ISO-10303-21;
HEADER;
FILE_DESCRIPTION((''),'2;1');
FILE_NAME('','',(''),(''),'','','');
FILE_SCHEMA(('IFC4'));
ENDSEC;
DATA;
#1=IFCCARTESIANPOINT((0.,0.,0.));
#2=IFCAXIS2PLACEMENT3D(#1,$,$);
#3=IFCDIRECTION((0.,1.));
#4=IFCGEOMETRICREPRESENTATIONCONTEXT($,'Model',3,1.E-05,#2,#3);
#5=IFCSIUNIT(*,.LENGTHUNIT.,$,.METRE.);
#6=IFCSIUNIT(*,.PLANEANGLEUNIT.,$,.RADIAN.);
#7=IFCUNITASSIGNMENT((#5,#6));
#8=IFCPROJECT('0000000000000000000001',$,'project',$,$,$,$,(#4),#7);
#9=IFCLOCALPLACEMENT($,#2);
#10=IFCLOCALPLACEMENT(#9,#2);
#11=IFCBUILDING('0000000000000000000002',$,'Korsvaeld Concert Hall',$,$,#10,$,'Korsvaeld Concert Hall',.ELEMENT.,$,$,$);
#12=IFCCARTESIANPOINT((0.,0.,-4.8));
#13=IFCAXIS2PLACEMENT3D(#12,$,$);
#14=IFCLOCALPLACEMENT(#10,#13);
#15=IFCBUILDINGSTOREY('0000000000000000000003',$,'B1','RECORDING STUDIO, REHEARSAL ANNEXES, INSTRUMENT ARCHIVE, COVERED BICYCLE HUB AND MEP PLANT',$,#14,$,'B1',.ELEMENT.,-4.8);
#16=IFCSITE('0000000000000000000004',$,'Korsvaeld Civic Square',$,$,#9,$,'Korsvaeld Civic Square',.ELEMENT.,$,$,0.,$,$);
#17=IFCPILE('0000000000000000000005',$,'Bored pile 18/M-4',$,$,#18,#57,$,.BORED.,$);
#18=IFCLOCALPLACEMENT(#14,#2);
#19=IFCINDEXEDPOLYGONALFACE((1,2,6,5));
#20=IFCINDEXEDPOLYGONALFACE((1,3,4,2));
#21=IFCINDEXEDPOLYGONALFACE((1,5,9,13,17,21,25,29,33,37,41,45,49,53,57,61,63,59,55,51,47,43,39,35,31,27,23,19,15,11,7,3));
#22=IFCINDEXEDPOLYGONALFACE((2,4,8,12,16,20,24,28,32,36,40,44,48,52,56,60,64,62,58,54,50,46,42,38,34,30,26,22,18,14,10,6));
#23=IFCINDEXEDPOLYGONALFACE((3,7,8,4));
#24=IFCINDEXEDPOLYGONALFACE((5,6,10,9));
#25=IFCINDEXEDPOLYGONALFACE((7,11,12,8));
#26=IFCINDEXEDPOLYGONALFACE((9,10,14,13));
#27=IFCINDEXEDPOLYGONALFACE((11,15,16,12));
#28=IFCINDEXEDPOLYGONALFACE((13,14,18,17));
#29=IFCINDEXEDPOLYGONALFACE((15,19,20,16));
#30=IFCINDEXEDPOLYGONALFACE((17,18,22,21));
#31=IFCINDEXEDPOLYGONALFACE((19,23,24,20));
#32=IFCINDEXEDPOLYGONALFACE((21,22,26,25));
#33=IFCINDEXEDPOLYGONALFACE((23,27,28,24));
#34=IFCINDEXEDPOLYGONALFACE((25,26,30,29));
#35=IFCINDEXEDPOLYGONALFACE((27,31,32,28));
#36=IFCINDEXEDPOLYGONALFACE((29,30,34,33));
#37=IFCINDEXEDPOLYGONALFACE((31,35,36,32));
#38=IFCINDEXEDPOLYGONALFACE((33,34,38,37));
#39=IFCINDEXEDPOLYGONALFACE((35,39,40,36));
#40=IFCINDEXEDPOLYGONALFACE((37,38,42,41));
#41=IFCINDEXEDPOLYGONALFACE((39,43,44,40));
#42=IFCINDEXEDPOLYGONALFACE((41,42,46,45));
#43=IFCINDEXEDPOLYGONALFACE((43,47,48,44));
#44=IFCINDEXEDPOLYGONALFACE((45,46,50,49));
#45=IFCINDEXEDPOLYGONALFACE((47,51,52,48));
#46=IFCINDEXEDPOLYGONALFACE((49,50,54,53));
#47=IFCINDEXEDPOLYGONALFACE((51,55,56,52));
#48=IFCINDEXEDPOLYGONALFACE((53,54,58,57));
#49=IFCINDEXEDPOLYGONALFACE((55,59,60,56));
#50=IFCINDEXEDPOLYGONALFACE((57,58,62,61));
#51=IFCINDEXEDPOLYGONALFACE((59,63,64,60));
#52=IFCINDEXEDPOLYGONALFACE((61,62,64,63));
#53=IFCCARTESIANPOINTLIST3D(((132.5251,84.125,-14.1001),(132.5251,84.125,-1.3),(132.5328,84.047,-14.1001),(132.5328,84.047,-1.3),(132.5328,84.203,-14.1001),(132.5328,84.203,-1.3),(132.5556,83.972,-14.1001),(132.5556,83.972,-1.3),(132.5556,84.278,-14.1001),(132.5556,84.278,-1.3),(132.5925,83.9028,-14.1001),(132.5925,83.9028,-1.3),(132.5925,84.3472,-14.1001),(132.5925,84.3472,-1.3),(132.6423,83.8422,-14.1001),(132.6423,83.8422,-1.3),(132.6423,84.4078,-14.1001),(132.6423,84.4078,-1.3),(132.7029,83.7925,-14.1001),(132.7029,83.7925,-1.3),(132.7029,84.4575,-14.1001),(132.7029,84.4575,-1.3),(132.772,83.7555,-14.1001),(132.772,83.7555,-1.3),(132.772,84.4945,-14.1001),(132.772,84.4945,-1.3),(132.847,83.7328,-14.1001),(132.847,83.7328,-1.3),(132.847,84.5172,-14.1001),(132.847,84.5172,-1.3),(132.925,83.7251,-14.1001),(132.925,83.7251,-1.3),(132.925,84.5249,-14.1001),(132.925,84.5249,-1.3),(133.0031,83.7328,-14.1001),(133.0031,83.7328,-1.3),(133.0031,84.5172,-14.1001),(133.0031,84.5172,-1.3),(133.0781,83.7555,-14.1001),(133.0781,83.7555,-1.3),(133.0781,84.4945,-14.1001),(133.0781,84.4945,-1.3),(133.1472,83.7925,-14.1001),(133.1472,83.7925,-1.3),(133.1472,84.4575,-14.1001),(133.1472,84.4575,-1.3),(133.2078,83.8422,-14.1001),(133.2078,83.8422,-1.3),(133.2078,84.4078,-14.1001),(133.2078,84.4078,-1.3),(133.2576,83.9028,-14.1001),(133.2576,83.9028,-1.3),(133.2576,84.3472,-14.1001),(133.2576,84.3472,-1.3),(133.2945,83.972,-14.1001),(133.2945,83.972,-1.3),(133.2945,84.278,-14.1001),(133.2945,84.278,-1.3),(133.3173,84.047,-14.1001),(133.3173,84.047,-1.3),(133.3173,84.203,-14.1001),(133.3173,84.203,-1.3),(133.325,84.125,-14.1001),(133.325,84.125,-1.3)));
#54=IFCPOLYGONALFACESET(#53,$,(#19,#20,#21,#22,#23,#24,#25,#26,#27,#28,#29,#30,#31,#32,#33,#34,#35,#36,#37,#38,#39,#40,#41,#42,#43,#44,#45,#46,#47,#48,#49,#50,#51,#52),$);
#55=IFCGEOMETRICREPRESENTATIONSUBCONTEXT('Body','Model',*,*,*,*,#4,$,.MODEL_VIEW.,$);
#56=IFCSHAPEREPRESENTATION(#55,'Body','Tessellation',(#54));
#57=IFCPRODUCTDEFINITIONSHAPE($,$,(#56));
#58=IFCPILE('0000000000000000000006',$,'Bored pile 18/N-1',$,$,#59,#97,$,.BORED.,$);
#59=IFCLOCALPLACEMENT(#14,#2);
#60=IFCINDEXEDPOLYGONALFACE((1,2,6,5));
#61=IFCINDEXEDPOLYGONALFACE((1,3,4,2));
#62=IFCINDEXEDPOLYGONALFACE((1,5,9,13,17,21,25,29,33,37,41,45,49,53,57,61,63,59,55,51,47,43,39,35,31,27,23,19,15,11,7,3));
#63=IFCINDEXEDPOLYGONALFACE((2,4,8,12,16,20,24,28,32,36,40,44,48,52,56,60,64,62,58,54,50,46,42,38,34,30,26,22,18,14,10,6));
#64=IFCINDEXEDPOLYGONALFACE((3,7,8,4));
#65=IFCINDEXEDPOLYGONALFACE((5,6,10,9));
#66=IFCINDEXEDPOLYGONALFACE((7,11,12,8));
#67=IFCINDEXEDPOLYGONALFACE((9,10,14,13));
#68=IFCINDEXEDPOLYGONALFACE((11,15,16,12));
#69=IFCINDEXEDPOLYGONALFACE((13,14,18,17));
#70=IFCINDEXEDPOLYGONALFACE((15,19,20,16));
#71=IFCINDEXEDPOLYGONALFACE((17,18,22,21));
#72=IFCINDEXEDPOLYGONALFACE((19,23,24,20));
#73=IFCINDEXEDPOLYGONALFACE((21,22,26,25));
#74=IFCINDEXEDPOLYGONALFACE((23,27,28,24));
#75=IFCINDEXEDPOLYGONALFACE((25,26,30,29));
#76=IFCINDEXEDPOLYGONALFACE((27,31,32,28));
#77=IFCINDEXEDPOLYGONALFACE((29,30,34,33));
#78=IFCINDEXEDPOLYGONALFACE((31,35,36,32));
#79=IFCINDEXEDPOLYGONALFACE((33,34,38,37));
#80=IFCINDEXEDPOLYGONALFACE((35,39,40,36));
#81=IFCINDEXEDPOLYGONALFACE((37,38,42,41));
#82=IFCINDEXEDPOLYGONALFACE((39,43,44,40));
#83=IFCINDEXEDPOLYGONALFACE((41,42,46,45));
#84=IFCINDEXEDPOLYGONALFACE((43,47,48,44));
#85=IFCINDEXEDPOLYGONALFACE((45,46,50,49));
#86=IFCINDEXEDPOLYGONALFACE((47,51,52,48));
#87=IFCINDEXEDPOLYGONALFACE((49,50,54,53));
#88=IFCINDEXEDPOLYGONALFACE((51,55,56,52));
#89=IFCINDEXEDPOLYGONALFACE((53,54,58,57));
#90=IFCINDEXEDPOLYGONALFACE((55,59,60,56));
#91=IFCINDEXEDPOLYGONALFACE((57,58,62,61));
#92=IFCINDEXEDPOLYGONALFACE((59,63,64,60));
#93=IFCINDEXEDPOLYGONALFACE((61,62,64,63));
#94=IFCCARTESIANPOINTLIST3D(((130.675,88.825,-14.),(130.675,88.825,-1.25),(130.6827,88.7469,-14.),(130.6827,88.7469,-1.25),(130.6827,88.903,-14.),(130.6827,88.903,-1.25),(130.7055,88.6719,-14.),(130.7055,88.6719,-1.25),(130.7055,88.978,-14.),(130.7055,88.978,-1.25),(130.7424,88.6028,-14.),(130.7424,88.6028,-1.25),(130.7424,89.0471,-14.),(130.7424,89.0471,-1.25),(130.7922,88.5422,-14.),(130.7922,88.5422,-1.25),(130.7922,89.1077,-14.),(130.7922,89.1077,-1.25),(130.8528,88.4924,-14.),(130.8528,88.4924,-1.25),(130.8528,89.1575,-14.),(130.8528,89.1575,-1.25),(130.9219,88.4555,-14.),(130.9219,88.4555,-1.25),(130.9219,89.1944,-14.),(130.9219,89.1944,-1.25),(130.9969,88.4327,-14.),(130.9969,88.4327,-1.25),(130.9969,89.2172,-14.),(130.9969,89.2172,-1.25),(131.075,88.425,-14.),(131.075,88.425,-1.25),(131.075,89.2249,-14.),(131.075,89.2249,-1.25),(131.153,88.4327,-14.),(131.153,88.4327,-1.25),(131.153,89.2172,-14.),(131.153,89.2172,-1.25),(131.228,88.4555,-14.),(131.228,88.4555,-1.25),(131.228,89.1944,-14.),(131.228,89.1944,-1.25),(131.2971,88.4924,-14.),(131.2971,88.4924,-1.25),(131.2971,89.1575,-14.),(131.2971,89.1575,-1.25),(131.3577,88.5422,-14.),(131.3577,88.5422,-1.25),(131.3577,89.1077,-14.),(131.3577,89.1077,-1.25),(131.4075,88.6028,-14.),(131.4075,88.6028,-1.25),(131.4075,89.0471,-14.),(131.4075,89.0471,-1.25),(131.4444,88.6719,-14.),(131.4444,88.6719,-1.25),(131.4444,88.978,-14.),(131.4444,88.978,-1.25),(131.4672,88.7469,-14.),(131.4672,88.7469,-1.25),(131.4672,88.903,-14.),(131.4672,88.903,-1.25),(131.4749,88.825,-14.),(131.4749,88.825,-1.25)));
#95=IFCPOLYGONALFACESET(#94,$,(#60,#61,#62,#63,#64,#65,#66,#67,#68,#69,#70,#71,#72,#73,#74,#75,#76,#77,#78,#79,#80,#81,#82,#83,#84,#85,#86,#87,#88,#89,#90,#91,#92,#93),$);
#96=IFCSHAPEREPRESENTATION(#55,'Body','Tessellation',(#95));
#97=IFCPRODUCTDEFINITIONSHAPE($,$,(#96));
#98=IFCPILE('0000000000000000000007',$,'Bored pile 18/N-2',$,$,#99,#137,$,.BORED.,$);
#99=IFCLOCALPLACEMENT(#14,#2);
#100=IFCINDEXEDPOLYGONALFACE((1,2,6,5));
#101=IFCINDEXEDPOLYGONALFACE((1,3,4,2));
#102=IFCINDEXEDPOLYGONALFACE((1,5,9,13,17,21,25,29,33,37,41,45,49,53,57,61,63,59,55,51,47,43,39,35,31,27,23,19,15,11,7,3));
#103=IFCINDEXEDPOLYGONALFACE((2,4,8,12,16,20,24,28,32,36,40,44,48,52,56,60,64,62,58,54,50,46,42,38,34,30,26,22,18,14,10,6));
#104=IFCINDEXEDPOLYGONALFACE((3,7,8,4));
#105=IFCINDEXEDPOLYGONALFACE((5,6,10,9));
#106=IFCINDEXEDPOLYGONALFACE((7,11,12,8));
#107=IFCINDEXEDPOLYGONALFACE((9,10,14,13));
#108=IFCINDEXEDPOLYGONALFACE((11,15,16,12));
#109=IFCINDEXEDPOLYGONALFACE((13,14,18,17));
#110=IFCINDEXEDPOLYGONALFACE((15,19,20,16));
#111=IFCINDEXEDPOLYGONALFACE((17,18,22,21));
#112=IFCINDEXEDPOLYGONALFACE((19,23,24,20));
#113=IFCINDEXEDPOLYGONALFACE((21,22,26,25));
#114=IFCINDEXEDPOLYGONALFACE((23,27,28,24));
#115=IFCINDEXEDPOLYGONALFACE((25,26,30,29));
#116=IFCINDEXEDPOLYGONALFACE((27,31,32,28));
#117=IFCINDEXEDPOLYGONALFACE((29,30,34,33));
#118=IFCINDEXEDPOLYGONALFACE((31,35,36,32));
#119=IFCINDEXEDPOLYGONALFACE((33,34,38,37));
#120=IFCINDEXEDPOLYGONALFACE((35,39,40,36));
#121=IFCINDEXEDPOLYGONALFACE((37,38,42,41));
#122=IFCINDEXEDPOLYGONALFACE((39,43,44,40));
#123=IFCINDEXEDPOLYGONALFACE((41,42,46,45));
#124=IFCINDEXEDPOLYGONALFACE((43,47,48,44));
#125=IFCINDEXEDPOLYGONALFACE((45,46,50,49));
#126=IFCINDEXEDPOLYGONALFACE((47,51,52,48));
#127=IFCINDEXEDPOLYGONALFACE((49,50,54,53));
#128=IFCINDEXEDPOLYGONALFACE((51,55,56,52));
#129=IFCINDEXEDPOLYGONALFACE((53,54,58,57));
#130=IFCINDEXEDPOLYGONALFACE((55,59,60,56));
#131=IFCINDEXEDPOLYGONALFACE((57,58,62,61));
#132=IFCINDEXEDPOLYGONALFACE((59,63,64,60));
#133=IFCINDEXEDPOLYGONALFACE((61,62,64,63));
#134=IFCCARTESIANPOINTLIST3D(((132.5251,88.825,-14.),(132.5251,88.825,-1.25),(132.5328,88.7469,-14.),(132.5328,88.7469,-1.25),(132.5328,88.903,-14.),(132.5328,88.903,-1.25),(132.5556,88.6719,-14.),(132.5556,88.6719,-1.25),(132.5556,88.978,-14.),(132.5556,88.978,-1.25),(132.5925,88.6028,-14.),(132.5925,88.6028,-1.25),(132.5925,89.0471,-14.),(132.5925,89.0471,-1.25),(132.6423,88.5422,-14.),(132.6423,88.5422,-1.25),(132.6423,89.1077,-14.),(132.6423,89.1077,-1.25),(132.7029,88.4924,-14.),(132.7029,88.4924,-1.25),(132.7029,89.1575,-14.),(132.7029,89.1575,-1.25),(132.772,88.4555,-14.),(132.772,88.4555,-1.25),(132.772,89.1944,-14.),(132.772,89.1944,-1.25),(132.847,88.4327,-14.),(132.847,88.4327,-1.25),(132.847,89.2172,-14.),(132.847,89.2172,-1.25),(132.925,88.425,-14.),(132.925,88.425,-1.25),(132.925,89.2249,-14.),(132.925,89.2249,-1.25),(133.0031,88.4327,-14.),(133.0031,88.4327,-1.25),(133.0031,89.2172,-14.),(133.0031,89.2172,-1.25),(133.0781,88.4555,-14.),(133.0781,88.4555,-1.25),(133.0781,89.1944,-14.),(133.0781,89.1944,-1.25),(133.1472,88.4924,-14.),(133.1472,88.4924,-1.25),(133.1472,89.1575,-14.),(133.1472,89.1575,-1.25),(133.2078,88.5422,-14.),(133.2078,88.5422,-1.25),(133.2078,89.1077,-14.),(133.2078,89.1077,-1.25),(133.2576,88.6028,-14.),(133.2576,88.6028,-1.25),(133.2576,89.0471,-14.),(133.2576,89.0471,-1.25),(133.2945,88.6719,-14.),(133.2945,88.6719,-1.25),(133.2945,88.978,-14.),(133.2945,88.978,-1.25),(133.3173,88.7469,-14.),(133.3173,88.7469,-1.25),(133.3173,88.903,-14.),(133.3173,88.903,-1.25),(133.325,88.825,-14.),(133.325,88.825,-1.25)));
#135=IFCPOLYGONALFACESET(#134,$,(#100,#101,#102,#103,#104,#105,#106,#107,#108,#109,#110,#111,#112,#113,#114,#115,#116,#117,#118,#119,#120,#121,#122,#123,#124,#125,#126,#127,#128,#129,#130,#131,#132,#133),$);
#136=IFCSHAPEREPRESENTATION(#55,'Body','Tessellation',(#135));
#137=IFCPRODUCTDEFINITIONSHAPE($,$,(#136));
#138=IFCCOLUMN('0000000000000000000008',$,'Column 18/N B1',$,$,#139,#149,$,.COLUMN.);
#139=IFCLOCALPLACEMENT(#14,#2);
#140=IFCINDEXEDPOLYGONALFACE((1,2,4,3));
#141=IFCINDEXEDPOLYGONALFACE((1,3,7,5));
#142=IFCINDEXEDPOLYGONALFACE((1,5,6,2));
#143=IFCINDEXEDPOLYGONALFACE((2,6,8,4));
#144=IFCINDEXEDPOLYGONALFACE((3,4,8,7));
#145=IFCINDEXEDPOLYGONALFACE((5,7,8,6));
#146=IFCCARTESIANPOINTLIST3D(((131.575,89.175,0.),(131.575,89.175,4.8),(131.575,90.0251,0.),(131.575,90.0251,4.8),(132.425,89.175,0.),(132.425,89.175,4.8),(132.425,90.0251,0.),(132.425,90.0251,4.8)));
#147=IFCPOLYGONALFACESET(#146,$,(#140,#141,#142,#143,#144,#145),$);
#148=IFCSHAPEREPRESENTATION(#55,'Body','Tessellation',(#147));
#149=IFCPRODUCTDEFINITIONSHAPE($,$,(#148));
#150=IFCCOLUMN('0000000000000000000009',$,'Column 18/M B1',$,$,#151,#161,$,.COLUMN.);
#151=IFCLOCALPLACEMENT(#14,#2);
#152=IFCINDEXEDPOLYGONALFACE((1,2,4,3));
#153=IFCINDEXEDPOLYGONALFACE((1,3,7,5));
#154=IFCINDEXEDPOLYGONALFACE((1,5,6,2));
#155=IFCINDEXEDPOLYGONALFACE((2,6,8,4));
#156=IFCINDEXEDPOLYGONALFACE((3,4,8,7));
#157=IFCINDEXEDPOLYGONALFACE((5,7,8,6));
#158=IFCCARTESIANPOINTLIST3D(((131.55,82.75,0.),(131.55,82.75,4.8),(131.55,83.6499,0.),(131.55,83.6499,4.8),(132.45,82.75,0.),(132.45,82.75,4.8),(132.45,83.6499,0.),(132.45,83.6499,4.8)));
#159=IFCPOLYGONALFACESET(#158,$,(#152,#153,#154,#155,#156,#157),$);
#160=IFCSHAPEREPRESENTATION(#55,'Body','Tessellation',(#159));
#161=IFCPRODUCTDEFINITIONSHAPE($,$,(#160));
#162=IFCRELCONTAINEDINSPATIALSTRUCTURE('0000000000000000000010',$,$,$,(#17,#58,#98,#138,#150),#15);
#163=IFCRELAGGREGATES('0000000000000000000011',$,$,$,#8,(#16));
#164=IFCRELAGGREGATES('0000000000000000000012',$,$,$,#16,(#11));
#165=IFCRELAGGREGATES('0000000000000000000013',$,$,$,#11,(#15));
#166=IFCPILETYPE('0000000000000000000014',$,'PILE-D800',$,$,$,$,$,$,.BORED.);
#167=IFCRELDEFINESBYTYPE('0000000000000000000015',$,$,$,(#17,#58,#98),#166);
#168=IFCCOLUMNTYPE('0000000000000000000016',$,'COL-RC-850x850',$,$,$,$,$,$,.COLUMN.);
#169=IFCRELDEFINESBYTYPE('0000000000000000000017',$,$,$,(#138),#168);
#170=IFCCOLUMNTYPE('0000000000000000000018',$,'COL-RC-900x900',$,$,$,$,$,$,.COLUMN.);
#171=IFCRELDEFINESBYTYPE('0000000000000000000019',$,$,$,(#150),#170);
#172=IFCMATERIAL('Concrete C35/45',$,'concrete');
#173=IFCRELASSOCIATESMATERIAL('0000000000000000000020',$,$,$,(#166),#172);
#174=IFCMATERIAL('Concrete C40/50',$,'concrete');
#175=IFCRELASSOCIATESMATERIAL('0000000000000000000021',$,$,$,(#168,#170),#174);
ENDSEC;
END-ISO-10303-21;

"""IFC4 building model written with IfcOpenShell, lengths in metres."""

from ifc_helpers import new_model, si_unit, direction, frame, origin, origin_2d, place, context, subcontext, project, spatial, rectangle, circle, extrude, material, material_profile, profile_set, type_object, element, save


model = new_model("IFC4")

# Units and contexts
model_context = context("Model", 3, precision=1e-05, world=origin(), true_north=direction((0.0, 1.0)))
body_context = subcontext(model_context, "Body", "Model", "MODEL_VIEW")
ifc_project = project(units=[si_unit("LENGTHUNIT", "METRE"), si_unit("PLANEANGLEUNIT", "RADIAN")], contexts=[model_context])

# Site, building, storey
site_placement = place(None, origin())
site = spatial("IfcSite", under=ifc_project, at=site_placement, Name="Korsvaeld Civic Square", LongName="Korsvaeld Civic Square", CompositionType="ELEMENT", RefElevation=0.0)
building_placement = place(site_placement, origin())
building = spatial("IfcBuilding", under=site, at=building_placement, Name="Korsvaeld Concert Hall", LongName="Korsvaeld Concert Hall", CompositionType="ELEMENT")
storey_placement = place(building_placement, frame((0.0, 0.0, -4.8)))
storey = spatial("IfcBuildingStorey", under=building, at=storey_placement, Name="B1", Description="RECORDING STUDIO, REHEARSAL ANNEXES, INSTRUMENT ARCHIVE, COVERED BICYCLE HUB AND MEP PLANT", LongName="B1", CompositionType="ELEMENT", Elevation=-4.8)

# Shared definitions
ifc_material_1 = material(Name="Concrete C35/45", Category="concrete")

# Piles
ifc_material_profile_1 = material_profile(ifc_material_1, circle(Radius=0.3999, at=origin_2d()), Name="BORED PILE D800")
ifc_profile_set_1 = profile_set([ifc_material_profile_1], Name="Concrete C35/45")
pile_type = type_object("IfcPileType", Name="PILE-D800", PredefinedType="BORED", material=ifc_profile_set_1)
for number, where, z_axis, x_axis, name in (
    (1, (132.925, 84.125, -1.3), (0.0, 0.0, -1.0), (1.0, 0.0, 0.0), "Bored pile 18/M-4"),
):
    element("IfcPile", number, at=place(storey_placement, frame(where, z_axis=z_axis, x_axis=x_axis)), inside=storey, type_object=pile_type, Name=name, PredefinedType="BORED", context=body_context, shape_type="SweptSolid", body=[
        extrude(circle(Radius=0.3999, at=origin_2d()), origin(), (0.0, 0.0, 1.0), 12.8),
    ])
for number, where, z_axis, x_axis, name in (
    (2, (131.075, 88.825, -1.25), (0.0, 0.0, -1.0), (1.0, 0.0, 0.0), "Bored pile 18/N-1"),
    (3, (132.925, 88.825, -1.25), (0.0, 0.0, -1.0), (1.0, 0.0, 0.0), "Bored pile 18/N-2"),
):
    element("IfcPile", number, at=place(storey_placement, frame(where, z_axis=z_axis, x_axis=x_axis)), inside=storey, type_object=pile_type, Name=name, PredefinedType="BORED", context=body_context, shape_type="SweptSolid", body=[
        extrude(circle(Radius=0.3999, at=origin_2d()), origin(), (0.0, 0.0, 1.0), 12.75),
    ])

# Columns
ifc_material_2 = material(Name="Concrete C40/50", Category="concrete")
ifc_material_profile_2 = material_profile(ifc_material_2, rectangle(XDim=0.8501, YDim=0.8501, at=origin_2d()), Name="RC 850x850")
ifc_profile_set_2 = profile_set([ifc_material_profile_2], Name="Concrete C40/50")
column_type_1 = type_object("IfcColumnType", Name="COL-RC-850x850", PredefinedType="COLUMN", material=ifc_profile_set_2)
column_1_placement = place(storey_placement, frame((132.0, 89.6001, 0.0), z_axis=(0.0, 0.0, 1.0), x_axis=(1.0, 0.0, 0.0)))
element("IfcColumn", 4, at=column_1_placement, inside=storey, type_object=column_type_1, Name="Column 18/N B1", PredefinedType="COLUMN", context=body_context, shape_type="SweptSolid", body=[
    extrude(rectangle(XDim=0.8501, YDim=0.8501, at=origin_2d()), origin(), (0.0, 0.0, 1.0), 4.8),
])
ifc_material_profile_3 = material_profile(ifc_material_2, rectangle(XDim=0.8999, YDim=0.8999, at=origin_2d()), Name="RC 900x900")
ifc_profile_set_3 = profile_set([ifc_material_profile_3], Name="Concrete C40/50")
column_type_2 = type_object("IfcColumnType", Name="COL-RC-900x900", PredefinedType="COLUMN", material=ifc_profile_set_3)
column_2_placement = place(storey_placement, frame((132.0, 83.2, 0.0), z_axis=(0.0, 0.0, 1.0), x_axis=(1.0, 0.0, 0.0)))
element("IfcColumn", 5, at=column_2_placement, inside=storey, type_object=column_type_2, Name="Column 18/M B1", PredefinedType="COLUMN", context=body_context, shape_type="SweptSolid", body=[
    extrude(rectangle(XDim=0.8999, YDim=0.8999, at=origin_2d()), origin(), (0.0, 0.0, 1.0), 4.8),
])

save(model, "model.ifc")
